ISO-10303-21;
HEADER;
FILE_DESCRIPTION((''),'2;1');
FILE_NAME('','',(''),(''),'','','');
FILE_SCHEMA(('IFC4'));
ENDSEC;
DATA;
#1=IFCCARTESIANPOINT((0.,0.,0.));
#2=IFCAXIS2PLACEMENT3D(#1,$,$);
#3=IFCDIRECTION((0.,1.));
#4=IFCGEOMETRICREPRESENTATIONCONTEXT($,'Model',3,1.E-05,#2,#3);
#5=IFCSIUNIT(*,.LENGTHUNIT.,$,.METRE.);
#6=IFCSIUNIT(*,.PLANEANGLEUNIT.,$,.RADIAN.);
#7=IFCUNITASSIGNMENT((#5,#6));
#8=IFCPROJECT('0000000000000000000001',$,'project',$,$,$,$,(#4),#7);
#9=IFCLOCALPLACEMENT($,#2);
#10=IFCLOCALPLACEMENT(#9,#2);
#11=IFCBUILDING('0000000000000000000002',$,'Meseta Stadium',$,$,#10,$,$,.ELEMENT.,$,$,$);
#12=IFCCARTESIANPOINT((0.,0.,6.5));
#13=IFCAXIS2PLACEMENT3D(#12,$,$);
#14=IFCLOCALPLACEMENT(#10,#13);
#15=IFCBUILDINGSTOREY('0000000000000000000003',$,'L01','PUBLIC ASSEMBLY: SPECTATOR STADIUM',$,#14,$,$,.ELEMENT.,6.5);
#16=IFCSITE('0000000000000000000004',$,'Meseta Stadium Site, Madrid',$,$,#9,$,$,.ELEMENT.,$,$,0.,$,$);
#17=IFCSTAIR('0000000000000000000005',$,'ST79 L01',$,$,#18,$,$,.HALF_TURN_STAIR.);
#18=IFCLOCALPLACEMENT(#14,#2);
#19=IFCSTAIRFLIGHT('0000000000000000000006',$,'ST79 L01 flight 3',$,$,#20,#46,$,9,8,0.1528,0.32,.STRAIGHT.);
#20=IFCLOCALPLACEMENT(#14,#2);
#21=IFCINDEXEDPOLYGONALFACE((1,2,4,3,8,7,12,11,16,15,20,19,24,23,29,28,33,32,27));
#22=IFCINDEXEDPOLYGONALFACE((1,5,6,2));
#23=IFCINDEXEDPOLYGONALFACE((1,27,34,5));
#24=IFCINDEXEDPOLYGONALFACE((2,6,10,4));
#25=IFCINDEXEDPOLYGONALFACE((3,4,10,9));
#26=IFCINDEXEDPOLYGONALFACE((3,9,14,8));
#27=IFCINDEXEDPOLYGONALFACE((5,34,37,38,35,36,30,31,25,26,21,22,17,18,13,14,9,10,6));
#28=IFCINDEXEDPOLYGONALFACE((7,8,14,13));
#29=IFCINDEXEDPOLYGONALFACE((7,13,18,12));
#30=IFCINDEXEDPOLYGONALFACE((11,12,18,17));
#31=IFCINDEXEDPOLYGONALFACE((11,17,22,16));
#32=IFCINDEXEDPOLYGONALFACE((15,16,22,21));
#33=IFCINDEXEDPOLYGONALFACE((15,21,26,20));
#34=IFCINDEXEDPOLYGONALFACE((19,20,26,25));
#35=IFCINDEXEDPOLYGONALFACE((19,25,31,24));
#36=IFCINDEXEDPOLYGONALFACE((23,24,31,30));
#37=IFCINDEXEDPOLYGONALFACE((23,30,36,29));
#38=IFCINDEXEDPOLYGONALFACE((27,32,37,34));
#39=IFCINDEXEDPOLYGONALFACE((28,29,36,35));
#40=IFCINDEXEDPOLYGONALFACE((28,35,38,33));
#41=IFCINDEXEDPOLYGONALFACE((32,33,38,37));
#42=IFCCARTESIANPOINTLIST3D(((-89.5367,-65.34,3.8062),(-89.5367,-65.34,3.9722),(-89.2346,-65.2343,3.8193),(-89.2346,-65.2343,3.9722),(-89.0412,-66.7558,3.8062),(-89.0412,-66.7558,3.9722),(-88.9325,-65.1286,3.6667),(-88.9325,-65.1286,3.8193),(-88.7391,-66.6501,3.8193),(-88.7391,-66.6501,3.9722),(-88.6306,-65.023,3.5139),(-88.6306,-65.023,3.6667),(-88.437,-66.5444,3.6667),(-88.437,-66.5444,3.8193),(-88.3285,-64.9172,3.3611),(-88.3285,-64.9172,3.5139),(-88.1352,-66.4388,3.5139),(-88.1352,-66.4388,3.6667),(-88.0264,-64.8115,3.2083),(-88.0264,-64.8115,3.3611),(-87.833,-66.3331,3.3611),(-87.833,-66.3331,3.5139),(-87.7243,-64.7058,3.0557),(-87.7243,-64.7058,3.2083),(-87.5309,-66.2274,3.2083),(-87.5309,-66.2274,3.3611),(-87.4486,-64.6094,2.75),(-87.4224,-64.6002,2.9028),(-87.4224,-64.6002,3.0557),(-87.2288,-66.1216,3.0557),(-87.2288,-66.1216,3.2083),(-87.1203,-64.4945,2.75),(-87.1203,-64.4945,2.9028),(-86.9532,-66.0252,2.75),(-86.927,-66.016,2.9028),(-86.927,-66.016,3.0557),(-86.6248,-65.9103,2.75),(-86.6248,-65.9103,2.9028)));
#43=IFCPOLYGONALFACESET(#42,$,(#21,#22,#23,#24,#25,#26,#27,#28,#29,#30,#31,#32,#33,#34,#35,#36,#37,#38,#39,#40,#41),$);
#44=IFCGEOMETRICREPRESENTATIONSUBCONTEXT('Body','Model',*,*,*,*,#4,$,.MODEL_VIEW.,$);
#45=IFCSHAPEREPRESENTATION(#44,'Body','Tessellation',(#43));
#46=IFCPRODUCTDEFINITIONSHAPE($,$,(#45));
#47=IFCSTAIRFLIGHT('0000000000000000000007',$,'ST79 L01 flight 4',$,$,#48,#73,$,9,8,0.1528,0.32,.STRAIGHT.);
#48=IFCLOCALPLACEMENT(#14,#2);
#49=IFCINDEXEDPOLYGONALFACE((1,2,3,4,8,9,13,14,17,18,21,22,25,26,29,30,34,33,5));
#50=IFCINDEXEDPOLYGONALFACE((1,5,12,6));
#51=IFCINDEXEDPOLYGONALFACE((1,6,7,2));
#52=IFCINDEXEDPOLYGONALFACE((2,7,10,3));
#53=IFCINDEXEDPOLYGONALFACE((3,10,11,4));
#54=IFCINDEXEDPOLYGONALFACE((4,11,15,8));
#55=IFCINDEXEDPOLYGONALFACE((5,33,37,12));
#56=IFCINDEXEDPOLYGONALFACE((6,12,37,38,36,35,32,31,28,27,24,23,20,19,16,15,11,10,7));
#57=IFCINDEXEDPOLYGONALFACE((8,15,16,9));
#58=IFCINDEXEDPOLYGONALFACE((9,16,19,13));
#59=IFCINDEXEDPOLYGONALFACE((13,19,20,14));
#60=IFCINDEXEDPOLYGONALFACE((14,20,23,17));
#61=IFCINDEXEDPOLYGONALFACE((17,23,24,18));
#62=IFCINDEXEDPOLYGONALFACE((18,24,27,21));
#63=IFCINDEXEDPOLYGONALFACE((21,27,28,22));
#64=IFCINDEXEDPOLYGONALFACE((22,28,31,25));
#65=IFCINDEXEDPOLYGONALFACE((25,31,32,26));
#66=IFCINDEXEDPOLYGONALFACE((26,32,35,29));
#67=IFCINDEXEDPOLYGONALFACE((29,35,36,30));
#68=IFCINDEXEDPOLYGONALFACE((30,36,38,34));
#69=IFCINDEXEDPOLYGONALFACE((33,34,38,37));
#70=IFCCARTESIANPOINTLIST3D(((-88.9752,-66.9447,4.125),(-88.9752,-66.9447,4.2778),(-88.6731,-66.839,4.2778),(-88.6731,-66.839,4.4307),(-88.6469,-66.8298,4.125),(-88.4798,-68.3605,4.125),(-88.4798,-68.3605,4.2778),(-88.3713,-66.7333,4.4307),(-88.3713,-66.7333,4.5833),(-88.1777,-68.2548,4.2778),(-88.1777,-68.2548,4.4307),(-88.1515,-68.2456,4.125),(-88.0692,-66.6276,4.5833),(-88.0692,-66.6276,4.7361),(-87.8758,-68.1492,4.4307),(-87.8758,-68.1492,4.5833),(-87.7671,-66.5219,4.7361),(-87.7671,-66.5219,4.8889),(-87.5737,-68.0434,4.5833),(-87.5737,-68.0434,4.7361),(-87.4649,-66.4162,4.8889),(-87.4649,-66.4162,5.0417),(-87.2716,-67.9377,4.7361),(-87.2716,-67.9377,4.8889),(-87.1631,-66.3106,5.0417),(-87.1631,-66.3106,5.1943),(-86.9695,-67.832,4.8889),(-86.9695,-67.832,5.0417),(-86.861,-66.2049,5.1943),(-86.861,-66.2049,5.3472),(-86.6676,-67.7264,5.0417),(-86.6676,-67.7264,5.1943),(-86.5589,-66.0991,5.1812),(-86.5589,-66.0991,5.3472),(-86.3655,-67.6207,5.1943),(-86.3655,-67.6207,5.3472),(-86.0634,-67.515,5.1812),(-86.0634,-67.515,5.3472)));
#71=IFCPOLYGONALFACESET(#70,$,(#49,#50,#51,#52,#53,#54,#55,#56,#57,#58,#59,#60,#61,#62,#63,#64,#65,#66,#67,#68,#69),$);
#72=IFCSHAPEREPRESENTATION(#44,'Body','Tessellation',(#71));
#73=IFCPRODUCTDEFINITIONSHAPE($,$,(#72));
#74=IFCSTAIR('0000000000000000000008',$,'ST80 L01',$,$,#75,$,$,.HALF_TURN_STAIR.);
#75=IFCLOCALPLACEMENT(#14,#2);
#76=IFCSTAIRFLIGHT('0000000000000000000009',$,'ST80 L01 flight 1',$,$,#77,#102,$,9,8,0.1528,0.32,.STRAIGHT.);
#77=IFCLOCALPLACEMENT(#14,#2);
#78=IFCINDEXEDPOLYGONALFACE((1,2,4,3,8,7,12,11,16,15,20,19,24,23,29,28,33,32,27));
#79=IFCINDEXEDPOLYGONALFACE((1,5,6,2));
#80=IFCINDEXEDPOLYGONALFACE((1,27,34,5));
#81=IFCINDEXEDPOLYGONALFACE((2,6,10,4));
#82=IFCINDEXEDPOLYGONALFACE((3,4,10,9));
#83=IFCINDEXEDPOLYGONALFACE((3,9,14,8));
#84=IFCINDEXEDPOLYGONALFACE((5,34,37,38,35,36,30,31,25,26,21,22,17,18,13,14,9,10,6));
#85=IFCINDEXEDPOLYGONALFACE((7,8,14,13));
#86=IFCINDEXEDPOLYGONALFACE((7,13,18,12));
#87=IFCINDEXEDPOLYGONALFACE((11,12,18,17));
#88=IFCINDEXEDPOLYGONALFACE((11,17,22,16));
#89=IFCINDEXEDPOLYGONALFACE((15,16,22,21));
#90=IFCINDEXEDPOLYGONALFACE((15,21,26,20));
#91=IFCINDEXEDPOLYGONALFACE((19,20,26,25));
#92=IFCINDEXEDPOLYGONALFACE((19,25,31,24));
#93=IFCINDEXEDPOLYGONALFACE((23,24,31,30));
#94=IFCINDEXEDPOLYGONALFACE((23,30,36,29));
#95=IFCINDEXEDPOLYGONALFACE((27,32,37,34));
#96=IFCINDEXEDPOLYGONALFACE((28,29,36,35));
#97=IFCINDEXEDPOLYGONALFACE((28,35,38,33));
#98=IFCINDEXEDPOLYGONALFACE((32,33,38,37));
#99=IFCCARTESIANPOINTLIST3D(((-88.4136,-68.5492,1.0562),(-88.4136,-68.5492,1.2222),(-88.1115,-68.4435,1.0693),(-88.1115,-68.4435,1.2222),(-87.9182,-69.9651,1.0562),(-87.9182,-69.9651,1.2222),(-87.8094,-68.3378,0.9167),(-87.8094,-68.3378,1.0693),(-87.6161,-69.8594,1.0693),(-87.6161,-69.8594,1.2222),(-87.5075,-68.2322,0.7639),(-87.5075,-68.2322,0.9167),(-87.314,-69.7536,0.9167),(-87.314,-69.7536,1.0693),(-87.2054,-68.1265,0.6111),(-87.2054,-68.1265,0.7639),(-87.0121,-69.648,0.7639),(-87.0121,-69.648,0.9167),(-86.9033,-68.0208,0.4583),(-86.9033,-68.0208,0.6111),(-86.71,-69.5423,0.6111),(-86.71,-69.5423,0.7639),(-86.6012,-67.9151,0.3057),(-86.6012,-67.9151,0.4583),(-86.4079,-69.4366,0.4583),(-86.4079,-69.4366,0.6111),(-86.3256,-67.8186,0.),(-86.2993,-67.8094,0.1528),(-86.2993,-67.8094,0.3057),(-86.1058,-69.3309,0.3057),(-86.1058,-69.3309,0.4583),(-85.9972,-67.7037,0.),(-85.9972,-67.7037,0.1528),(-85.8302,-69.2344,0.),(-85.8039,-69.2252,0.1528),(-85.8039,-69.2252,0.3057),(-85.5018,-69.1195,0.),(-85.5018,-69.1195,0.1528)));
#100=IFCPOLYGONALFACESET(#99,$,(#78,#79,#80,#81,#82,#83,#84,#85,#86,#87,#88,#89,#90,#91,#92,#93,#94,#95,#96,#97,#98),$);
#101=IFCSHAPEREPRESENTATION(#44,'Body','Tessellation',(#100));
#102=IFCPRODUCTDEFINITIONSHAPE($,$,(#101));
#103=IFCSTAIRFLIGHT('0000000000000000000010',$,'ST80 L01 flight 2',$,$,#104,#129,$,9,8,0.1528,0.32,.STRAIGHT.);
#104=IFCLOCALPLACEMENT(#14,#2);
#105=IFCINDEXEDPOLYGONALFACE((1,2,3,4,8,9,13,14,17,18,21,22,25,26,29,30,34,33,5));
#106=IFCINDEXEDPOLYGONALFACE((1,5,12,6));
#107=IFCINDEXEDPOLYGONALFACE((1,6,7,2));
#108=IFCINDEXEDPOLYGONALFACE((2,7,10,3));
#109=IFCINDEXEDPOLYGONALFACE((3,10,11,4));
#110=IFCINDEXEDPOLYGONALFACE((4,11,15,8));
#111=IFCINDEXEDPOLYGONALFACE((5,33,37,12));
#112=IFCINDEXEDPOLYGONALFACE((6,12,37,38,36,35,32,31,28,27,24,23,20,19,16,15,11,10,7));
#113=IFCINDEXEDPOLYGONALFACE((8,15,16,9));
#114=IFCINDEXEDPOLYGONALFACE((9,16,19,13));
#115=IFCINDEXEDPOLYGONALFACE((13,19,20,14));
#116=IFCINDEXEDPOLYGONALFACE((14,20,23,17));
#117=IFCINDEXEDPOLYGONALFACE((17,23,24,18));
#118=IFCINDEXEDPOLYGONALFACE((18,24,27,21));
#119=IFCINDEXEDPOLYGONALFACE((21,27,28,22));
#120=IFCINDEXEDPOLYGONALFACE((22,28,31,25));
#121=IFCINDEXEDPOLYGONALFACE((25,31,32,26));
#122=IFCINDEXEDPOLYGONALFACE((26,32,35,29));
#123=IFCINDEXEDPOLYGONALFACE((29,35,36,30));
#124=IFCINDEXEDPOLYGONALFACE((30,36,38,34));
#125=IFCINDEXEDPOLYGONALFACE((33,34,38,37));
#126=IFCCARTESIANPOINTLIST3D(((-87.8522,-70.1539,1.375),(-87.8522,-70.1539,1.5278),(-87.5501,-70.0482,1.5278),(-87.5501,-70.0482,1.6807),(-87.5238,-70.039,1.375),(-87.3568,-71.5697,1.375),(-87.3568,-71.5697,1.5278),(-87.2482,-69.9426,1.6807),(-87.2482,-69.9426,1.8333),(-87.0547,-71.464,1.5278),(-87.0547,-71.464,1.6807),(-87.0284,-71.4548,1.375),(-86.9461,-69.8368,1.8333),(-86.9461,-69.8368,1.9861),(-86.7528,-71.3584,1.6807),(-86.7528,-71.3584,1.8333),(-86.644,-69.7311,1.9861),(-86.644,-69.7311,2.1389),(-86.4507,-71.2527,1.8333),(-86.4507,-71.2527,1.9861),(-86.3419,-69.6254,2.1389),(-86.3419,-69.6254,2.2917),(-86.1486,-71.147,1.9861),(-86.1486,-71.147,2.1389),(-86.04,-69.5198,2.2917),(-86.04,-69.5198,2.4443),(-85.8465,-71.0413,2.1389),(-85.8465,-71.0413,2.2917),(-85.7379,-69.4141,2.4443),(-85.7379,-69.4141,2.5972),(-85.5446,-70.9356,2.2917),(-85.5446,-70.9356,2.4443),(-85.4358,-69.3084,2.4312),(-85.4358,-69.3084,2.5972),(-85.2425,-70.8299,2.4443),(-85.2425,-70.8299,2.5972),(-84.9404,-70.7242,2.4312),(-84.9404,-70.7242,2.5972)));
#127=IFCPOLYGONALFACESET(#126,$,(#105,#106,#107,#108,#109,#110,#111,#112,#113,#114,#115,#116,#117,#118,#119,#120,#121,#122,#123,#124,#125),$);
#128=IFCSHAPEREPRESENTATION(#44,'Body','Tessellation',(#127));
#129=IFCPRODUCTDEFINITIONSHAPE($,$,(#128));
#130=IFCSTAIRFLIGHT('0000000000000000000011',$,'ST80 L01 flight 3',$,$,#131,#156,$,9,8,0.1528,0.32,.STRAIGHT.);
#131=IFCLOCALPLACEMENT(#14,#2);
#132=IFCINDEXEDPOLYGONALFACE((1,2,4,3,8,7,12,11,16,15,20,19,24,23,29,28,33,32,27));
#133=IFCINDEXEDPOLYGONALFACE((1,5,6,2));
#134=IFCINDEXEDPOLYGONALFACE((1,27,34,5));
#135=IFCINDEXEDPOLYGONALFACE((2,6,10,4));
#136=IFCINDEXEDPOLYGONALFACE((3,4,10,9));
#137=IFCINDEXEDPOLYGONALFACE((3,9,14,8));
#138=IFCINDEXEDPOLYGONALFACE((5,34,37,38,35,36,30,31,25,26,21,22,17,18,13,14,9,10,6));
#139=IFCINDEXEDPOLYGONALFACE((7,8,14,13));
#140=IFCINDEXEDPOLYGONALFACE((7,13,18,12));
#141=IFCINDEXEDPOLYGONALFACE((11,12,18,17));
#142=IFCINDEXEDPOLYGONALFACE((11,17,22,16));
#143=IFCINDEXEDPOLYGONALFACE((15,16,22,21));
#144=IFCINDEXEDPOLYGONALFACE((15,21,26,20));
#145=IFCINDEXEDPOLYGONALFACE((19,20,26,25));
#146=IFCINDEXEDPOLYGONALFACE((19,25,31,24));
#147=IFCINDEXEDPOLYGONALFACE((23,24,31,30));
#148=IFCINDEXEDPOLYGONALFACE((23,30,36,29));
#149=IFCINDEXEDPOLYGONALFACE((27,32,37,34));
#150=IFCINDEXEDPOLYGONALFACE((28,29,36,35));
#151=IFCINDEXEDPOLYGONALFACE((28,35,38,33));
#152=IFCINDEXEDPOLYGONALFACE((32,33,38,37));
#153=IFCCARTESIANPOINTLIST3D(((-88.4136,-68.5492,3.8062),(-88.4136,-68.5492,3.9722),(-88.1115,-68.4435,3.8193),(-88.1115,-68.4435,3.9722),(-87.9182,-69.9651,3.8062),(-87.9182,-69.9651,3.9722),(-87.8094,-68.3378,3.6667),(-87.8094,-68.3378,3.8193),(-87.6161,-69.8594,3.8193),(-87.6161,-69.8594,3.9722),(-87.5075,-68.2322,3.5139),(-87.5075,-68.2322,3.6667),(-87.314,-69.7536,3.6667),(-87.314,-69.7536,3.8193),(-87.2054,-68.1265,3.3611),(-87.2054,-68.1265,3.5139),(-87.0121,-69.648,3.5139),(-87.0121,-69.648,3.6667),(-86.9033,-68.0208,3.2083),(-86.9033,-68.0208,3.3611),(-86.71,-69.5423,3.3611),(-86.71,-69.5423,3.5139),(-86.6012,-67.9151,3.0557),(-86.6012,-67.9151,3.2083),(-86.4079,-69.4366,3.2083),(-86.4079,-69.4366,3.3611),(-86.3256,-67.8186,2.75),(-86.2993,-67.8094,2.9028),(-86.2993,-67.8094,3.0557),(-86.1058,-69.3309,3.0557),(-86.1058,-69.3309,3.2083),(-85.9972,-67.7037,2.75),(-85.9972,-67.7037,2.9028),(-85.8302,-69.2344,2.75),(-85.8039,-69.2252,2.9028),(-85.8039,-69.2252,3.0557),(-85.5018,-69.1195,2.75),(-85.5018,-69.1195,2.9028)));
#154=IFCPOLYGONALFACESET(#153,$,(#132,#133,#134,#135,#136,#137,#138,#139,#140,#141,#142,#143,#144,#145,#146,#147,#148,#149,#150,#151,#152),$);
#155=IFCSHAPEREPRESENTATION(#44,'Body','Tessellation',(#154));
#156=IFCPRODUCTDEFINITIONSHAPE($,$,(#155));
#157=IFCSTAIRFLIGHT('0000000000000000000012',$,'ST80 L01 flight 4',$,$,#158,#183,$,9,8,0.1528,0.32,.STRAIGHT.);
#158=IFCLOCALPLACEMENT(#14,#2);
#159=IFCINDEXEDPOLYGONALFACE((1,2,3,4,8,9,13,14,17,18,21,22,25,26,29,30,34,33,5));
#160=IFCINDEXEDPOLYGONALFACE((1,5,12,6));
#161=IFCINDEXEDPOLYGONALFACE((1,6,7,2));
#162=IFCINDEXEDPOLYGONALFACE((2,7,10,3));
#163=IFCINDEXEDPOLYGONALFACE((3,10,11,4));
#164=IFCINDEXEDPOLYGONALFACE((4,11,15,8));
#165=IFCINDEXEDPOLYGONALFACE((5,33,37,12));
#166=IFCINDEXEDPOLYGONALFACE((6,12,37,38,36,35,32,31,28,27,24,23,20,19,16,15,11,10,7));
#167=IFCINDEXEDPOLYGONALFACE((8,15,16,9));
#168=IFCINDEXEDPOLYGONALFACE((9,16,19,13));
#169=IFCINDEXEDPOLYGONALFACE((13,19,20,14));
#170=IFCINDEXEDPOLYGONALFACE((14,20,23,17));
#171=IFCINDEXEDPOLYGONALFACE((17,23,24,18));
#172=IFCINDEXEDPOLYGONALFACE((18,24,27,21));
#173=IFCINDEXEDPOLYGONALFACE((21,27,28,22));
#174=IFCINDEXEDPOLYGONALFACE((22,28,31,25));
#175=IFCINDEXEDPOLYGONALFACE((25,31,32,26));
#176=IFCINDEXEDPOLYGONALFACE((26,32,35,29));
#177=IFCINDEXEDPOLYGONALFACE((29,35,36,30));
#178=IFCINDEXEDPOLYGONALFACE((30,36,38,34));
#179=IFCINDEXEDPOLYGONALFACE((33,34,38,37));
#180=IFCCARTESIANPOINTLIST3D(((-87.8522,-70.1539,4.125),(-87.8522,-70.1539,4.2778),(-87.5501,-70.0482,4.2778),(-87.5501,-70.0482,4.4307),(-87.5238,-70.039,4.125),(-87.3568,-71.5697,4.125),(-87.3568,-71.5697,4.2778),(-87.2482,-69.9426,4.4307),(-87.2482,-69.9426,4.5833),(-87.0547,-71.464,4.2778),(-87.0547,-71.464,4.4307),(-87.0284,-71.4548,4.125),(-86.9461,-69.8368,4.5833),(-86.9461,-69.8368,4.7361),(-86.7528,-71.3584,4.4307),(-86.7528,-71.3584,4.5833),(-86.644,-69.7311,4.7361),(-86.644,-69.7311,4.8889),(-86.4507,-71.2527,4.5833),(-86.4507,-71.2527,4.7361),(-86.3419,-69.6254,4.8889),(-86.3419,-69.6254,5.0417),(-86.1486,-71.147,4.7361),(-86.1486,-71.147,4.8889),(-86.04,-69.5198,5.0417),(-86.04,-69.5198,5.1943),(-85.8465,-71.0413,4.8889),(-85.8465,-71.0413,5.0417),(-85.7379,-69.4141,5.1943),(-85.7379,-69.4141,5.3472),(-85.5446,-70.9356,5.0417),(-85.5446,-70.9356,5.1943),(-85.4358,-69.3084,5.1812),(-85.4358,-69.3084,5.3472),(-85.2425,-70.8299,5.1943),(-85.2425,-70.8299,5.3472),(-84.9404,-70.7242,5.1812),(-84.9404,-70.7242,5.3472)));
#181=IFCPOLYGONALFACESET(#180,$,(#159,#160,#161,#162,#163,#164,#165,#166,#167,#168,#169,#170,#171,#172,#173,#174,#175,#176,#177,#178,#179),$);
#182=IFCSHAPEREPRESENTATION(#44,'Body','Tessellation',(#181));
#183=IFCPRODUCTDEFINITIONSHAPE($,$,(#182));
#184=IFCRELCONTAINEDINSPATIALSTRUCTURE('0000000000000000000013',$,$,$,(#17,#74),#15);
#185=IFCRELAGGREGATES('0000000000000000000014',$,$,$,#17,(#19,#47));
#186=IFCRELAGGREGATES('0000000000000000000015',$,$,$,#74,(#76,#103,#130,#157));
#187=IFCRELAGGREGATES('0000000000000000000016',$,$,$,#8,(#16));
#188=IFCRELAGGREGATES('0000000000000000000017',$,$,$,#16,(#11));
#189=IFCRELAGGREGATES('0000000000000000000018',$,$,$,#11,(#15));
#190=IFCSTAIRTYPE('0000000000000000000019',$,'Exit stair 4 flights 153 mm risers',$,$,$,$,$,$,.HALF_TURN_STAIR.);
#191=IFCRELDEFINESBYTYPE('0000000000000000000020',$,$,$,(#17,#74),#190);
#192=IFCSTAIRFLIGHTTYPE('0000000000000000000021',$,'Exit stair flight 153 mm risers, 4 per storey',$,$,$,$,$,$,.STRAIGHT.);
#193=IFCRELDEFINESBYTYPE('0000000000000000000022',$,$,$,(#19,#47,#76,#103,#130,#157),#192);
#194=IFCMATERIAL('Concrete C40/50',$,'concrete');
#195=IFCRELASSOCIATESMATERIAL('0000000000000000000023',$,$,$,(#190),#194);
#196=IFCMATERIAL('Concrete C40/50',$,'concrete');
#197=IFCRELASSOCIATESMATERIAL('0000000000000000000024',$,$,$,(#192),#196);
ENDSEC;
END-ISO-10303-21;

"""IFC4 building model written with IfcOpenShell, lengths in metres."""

from ifc_helpers import new_model, si_unit, direction, frame, origin, place, context, subcontext, project, spatial, polyline, outline, extrude, material, type_object, element, aggregate, save


model = new_model("IFC4")

# Units and contexts
model_context = context("Model", 3, precision=1e-05, world=origin(), true_north=direction((0.0, 1.0)))
body_context = subcontext(model_context, "Body", "Model", "MODEL_VIEW")
ifc_project = project(units=[si_unit("LENGTHUNIT", "METRE"), si_unit("PLANEANGLEUNIT", "RADIAN")], contexts=[model_context])

# Site, building, storey
site_placement = place(None, origin())
site = spatial("IfcSite", under=ifc_project, at=site_placement, Name="Meseta Stadium Site, Madrid", CompositionType="ELEMENT", RefElevation=0.0)
building_placement = place(site_placement, origin())
building = spatial("IfcBuilding", under=site, at=building_placement, Name="Meseta Stadium", CompositionType="ELEMENT")
storey_placement = place(building_placement, frame((0.0, 0.0, 6.5)))
storey = spatial("IfcBuildingStorey", under=building, at=storey_placement, Name="L01", Description="PUBLIC ASSEMBLY: SPECTATOR STADIUM", CompositionType="ELEMENT", Elevation=6.5)

# Stairs, stair flights
ifc_material_1 = material(Name="Concrete C40/50", Category="concrete")
stair_type = type_object("IfcStairType", Name="Exit stair 4 flights 153 mm risers", PredefinedType="HALF_TURN_STAIR", material=ifc_material_1)
stair_1_placement = place(storey_placement, origin())
stair_1 = element("IfcStair", 1, at=stair_1_placement, inside=storey, type_object=stair_type, Name="ST79 L01", PredefinedType="HALF_TURN_STAIR")
ifc_material_2 = material(Name="Concrete C40/50", Category="concrete")
stair_flight_type = type_object("IfcStairFlightType", Name="Exit stair flight 153 mm risers, 4 per storey", PredefinedType="STRAIGHT", material=ifc_material_2)
stair_flight_1_placement = place(storey_placement, frame((-86.8726, -65.2024, 2.75), z_axis=(0.0, 0.0, 1.0), x_axis=(-0.943883, -0.330279, 0.0)))
stair_flight_1 = element("IfcStairFlight", 2, at=stair_flight_1_placement, type_object=stair_flight_type, Name="ST79 L01 flight 3", NumberOfRisers=9, NumberOfTreads=8, PredefinedType="STRAIGHT", RiserHeight=0.1528, TreadLength=0.32, context=body_context, shape_type="SweptSolid", body=[
    extrude(outline(polyline([(0.0, 0.0), (0.0, 0.1528), (0.3201, 0.1528), (0.3201, 0.3057), (0.6399, 0.3057), (0.6399, 0.4583), (0.96, 0.4583), (0.96, 0.6111), (1.28, 0.6111), (1.28, 0.7639), (1.6001, 0.7639), (1.6001, 0.9167), (1.9199, 0.9167), (1.9199, 1.0693), (2.24, 1.0693), (2.24, 1.2222), (2.5601, 1.2222), (2.5601, 1.0562), (0.3479, 0.0), (0.0, 0.0)])), frame((0.0, 0.75, 0.0), z_axis=(0.0, -1.0, 0.0), x_axis=(1.0, 0.0, 0.0)), (0.0, 0.0, 1.0), 1.5),
])
stair_flight_2_placement = place(storey_placement, frame((-88.7275, -67.6526, 4.125), z_axis=(0.0, 0.0, 1.0), x_axis=(0.943883, 0.330279, 0.0)))
stair_flight_2 = element("IfcStairFlight", 3, at=stair_flight_2_placement, type_object=stair_flight_type, Name="ST79 L01 flight 4", NumberOfRisers=9, NumberOfTreads=8, PredefinedType="STRAIGHT", RiserHeight=0.1528, TreadLength=0.32, context=body_context, shape_type="SweptSolid", body=[
    extrude(outline(polyline([(0.0, 0.0), (0.0, 0.1528), (0.3201, 0.1528), (0.3201, 0.3057), (0.6399, 0.3057), (0.6399, 0.4583), (0.96, 0.4583), (0.96, 0.6111), (1.28, 0.6111), (1.28, 0.7639), (1.6001, 0.7639), (1.6001, 0.9167), (1.9199, 0.9167), (1.9199, 1.0693), (2.24, 1.0693), (2.24, 1.2222), (2.5601, 1.2222), (2.5601, 1.0562), (0.3479, 0.0), (0.0, 0.0)])), frame((0.0, 0.75, 0.0), z_axis=(0.0, -1.0, 0.0), x_axis=(1.0, 0.0, 0.0)), (0.0, 0.0, 1.0), 1.5),
])
aggregate(stair_1, [stair_flight_1, stair_flight_2])
stair_2_placement = place(storey_placement, origin())
stair_2 = element("IfcStair", 4, at=stair_2_placement, inside=storey, type_object=stair_type, Name="ST80 L01", PredefinedType="HALF_TURN_STAIR")
stair_flight_3_placement = place(storey_placement, frame((-85.7495, -68.4116, 0.0), z_axis=(0.0, 0.0, 1.0), x_axis=(-0.943883, -0.330279, 0.0)))
stair_flight_3 = element("IfcStairFlight", 5, at=stair_flight_3_placement, type_object=stair_flight_type, Name="ST80 L01 flight 1", NumberOfRisers=9, NumberOfTreads=8, PredefinedType="STRAIGHT", RiserHeight=0.1528, TreadLength=0.32, context=body_context, shape_type="SweptSolid", body=[
    extrude(outline(polyline([(0.0, 0.0), (0.0, 0.1528), (0.3201, 0.1528), (0.3201, 0.3057), (0.6399, 0.3057), (0.6399, 0.4583), (0.96, 0.4583), (0.96, 0.6111), (1.28, 0.6111), (1.28, 0.7639), (1.6001, 0.7639), (1.6001, 0.9167), (1.9199, 0.9167), (1.9199, 1.0693), (2.24, 1.0693), (2.24, 1.2222), (2.5601, 1.2222), (2.5601, 1.0562), (0.3479, 0.0), (0.0, 0.0)])), frame((0.0, 0.75, 0.0), z_axis=(0.0, -1.0, 0.0), x_axis=(1.0, 0.0, 0.0)), (0.0, 0.0, 1.0), 1.5),
])
stair_flight_4_placement = place(storey_placement, frame((-87.6045, -70.8618, 1.375), z_axis=(0.0, 0.0, 1.0), x_axis=(0.943883, 0.330279, 0.0)))
stair_flight_4 = element("IfcStairFlight", 6, at=stair_flight_4_placement, type_object=stair_flight_type, Name="ST80 L01 flight 2", NumberOfRisers=9, NumberOfTreads=8, PredefinedType="STRAIGHT", RiserHeight=0.1528, TreadLength=0.32, context=body_context, shape_type="SweptSolid", body=[
    extrude(outline(polyline([(0.0, 0.0), (0.0, 0.1528), (0.3201, 0.1528), (0.3201, 0.3057), (0.6399, 0.3057), (0.6399, 0.4583), (0.96, 0.4583), (0.96, 0.6111), (1.28, 0.6111), (1.28, 0.7639), (1.6001, 0.7639), (1.6001, 0.9167), (1.9199, 0.9167), (1.9199, 1.0693), (2.24, 1.0693), (2.24, 1.2222), (2.5601, 1.2222), (2.5601, 1.0562), (0.3479, 0.0), (0.0, 0.0)])), frame((0.0, 0.75, 0.0), z_axis=(0.0, -1.0, 0.0), x_axis=(1.0, 0.0, 0.0)), (0.0, 0.0, 1.0), 1.5),
])
stair_flight_5_placement = place(storey_placement, frame((-85.7495, -68.4116, 2.75), z_axis=(0.0, 0.0, 1.0), x_axis=(-0.943883, -0.330279, 0.0)))
stair_flight_5 = element("IfcStairFlight", 7, at=stair_flight_5_placement, type_object=stair_flight_type, Name="ST80 L01 flight 3", NumberOfRisers=9, NumberOfTreads=8, PredefinedType="STRAIGHT", RiserHeight=0.1528, TreadLength=0.32, context=body_context, shape_type="SweptSolid", body=[
    extrude(outline(polyline([(0.0, 0.0), (0.0, 0.1528), (0.3201, 0.1528), (0.3201, 0.3057), (0.6399, 0.3057), (0.6399, 0.4583), (0.96, 0.4583), (0.96, 0.6111), (1.28, 0.6111), (1.28, 0.7639), (1.6001, 0.7639), (1.6001, 0.9167), (1.9199, 0.9167), (1.9199, 1.0693), (2.24, 1.0693), (2.24, 1.2222), (2.5601, 1.2222), (2.5601, 1.0562), (0.3479, 0.0), (0.0, 0.0)])), frame((0.0, 0.75, 0.0), z_axis=(0.0, -1.0, 0.0), x_axis=(1.0, 0.0, 0.0)), (0.0, 0.0, 1.0), 1.5),
])
stair_flight_6_placement = place(storey_placement, frame((-87.6045, -70.8618, 4.125), z_axis=(0.0, 0.0, 1.0), x_axis=(0.943883, 0.330279, 0.0)))
stair_flight_6 = element("IfcStairFlight", 8, at=stair_flight_6_placement, type_object=stair_flight_type, Name="ST80 L01 flight 4", NumberOfRisers=9, NumberOfTreads=8, PredefinedType="STRAIGHT", RiserHeight=0.1528, TreadLength=0.32, context=body_context, shape_type="SweptSolid", body=[
    extrude(outline(polyline([(0.0, 0.0), (0.0, 0.1528), (0.3201, 0.1528), (0.3201, 0.3057), (0.6399, 0.3057), (0.6399, 0.4583), (0.96, 0.4583), (0.96, 0.6111), (1.28, 0.6111), (1.28, 0.7639), (1.6001, 0.7639), (1.6001, 0.9167), (1.9199, 0.9167), (1.9199, 1.0693), (2.24, 1.0693), (2.24, 1.2222), (2.5601, 1.2222), (2.5601, 1.0562), (0.3479, 0.0), (0.0, 0.0)])), frame((0.0, 0.75, 0.0), z_axis=(0.0, -1.0, 0.0), x_axis=(1.0, 0.0, 0.0)), (0.0, 0.0, 1.0), 1.5),
])
aggregate(stair_2, [stair_flight_3, stair_flight_4, stair_flight_5, stair_flight_6])

save(model, "model.ifc")
